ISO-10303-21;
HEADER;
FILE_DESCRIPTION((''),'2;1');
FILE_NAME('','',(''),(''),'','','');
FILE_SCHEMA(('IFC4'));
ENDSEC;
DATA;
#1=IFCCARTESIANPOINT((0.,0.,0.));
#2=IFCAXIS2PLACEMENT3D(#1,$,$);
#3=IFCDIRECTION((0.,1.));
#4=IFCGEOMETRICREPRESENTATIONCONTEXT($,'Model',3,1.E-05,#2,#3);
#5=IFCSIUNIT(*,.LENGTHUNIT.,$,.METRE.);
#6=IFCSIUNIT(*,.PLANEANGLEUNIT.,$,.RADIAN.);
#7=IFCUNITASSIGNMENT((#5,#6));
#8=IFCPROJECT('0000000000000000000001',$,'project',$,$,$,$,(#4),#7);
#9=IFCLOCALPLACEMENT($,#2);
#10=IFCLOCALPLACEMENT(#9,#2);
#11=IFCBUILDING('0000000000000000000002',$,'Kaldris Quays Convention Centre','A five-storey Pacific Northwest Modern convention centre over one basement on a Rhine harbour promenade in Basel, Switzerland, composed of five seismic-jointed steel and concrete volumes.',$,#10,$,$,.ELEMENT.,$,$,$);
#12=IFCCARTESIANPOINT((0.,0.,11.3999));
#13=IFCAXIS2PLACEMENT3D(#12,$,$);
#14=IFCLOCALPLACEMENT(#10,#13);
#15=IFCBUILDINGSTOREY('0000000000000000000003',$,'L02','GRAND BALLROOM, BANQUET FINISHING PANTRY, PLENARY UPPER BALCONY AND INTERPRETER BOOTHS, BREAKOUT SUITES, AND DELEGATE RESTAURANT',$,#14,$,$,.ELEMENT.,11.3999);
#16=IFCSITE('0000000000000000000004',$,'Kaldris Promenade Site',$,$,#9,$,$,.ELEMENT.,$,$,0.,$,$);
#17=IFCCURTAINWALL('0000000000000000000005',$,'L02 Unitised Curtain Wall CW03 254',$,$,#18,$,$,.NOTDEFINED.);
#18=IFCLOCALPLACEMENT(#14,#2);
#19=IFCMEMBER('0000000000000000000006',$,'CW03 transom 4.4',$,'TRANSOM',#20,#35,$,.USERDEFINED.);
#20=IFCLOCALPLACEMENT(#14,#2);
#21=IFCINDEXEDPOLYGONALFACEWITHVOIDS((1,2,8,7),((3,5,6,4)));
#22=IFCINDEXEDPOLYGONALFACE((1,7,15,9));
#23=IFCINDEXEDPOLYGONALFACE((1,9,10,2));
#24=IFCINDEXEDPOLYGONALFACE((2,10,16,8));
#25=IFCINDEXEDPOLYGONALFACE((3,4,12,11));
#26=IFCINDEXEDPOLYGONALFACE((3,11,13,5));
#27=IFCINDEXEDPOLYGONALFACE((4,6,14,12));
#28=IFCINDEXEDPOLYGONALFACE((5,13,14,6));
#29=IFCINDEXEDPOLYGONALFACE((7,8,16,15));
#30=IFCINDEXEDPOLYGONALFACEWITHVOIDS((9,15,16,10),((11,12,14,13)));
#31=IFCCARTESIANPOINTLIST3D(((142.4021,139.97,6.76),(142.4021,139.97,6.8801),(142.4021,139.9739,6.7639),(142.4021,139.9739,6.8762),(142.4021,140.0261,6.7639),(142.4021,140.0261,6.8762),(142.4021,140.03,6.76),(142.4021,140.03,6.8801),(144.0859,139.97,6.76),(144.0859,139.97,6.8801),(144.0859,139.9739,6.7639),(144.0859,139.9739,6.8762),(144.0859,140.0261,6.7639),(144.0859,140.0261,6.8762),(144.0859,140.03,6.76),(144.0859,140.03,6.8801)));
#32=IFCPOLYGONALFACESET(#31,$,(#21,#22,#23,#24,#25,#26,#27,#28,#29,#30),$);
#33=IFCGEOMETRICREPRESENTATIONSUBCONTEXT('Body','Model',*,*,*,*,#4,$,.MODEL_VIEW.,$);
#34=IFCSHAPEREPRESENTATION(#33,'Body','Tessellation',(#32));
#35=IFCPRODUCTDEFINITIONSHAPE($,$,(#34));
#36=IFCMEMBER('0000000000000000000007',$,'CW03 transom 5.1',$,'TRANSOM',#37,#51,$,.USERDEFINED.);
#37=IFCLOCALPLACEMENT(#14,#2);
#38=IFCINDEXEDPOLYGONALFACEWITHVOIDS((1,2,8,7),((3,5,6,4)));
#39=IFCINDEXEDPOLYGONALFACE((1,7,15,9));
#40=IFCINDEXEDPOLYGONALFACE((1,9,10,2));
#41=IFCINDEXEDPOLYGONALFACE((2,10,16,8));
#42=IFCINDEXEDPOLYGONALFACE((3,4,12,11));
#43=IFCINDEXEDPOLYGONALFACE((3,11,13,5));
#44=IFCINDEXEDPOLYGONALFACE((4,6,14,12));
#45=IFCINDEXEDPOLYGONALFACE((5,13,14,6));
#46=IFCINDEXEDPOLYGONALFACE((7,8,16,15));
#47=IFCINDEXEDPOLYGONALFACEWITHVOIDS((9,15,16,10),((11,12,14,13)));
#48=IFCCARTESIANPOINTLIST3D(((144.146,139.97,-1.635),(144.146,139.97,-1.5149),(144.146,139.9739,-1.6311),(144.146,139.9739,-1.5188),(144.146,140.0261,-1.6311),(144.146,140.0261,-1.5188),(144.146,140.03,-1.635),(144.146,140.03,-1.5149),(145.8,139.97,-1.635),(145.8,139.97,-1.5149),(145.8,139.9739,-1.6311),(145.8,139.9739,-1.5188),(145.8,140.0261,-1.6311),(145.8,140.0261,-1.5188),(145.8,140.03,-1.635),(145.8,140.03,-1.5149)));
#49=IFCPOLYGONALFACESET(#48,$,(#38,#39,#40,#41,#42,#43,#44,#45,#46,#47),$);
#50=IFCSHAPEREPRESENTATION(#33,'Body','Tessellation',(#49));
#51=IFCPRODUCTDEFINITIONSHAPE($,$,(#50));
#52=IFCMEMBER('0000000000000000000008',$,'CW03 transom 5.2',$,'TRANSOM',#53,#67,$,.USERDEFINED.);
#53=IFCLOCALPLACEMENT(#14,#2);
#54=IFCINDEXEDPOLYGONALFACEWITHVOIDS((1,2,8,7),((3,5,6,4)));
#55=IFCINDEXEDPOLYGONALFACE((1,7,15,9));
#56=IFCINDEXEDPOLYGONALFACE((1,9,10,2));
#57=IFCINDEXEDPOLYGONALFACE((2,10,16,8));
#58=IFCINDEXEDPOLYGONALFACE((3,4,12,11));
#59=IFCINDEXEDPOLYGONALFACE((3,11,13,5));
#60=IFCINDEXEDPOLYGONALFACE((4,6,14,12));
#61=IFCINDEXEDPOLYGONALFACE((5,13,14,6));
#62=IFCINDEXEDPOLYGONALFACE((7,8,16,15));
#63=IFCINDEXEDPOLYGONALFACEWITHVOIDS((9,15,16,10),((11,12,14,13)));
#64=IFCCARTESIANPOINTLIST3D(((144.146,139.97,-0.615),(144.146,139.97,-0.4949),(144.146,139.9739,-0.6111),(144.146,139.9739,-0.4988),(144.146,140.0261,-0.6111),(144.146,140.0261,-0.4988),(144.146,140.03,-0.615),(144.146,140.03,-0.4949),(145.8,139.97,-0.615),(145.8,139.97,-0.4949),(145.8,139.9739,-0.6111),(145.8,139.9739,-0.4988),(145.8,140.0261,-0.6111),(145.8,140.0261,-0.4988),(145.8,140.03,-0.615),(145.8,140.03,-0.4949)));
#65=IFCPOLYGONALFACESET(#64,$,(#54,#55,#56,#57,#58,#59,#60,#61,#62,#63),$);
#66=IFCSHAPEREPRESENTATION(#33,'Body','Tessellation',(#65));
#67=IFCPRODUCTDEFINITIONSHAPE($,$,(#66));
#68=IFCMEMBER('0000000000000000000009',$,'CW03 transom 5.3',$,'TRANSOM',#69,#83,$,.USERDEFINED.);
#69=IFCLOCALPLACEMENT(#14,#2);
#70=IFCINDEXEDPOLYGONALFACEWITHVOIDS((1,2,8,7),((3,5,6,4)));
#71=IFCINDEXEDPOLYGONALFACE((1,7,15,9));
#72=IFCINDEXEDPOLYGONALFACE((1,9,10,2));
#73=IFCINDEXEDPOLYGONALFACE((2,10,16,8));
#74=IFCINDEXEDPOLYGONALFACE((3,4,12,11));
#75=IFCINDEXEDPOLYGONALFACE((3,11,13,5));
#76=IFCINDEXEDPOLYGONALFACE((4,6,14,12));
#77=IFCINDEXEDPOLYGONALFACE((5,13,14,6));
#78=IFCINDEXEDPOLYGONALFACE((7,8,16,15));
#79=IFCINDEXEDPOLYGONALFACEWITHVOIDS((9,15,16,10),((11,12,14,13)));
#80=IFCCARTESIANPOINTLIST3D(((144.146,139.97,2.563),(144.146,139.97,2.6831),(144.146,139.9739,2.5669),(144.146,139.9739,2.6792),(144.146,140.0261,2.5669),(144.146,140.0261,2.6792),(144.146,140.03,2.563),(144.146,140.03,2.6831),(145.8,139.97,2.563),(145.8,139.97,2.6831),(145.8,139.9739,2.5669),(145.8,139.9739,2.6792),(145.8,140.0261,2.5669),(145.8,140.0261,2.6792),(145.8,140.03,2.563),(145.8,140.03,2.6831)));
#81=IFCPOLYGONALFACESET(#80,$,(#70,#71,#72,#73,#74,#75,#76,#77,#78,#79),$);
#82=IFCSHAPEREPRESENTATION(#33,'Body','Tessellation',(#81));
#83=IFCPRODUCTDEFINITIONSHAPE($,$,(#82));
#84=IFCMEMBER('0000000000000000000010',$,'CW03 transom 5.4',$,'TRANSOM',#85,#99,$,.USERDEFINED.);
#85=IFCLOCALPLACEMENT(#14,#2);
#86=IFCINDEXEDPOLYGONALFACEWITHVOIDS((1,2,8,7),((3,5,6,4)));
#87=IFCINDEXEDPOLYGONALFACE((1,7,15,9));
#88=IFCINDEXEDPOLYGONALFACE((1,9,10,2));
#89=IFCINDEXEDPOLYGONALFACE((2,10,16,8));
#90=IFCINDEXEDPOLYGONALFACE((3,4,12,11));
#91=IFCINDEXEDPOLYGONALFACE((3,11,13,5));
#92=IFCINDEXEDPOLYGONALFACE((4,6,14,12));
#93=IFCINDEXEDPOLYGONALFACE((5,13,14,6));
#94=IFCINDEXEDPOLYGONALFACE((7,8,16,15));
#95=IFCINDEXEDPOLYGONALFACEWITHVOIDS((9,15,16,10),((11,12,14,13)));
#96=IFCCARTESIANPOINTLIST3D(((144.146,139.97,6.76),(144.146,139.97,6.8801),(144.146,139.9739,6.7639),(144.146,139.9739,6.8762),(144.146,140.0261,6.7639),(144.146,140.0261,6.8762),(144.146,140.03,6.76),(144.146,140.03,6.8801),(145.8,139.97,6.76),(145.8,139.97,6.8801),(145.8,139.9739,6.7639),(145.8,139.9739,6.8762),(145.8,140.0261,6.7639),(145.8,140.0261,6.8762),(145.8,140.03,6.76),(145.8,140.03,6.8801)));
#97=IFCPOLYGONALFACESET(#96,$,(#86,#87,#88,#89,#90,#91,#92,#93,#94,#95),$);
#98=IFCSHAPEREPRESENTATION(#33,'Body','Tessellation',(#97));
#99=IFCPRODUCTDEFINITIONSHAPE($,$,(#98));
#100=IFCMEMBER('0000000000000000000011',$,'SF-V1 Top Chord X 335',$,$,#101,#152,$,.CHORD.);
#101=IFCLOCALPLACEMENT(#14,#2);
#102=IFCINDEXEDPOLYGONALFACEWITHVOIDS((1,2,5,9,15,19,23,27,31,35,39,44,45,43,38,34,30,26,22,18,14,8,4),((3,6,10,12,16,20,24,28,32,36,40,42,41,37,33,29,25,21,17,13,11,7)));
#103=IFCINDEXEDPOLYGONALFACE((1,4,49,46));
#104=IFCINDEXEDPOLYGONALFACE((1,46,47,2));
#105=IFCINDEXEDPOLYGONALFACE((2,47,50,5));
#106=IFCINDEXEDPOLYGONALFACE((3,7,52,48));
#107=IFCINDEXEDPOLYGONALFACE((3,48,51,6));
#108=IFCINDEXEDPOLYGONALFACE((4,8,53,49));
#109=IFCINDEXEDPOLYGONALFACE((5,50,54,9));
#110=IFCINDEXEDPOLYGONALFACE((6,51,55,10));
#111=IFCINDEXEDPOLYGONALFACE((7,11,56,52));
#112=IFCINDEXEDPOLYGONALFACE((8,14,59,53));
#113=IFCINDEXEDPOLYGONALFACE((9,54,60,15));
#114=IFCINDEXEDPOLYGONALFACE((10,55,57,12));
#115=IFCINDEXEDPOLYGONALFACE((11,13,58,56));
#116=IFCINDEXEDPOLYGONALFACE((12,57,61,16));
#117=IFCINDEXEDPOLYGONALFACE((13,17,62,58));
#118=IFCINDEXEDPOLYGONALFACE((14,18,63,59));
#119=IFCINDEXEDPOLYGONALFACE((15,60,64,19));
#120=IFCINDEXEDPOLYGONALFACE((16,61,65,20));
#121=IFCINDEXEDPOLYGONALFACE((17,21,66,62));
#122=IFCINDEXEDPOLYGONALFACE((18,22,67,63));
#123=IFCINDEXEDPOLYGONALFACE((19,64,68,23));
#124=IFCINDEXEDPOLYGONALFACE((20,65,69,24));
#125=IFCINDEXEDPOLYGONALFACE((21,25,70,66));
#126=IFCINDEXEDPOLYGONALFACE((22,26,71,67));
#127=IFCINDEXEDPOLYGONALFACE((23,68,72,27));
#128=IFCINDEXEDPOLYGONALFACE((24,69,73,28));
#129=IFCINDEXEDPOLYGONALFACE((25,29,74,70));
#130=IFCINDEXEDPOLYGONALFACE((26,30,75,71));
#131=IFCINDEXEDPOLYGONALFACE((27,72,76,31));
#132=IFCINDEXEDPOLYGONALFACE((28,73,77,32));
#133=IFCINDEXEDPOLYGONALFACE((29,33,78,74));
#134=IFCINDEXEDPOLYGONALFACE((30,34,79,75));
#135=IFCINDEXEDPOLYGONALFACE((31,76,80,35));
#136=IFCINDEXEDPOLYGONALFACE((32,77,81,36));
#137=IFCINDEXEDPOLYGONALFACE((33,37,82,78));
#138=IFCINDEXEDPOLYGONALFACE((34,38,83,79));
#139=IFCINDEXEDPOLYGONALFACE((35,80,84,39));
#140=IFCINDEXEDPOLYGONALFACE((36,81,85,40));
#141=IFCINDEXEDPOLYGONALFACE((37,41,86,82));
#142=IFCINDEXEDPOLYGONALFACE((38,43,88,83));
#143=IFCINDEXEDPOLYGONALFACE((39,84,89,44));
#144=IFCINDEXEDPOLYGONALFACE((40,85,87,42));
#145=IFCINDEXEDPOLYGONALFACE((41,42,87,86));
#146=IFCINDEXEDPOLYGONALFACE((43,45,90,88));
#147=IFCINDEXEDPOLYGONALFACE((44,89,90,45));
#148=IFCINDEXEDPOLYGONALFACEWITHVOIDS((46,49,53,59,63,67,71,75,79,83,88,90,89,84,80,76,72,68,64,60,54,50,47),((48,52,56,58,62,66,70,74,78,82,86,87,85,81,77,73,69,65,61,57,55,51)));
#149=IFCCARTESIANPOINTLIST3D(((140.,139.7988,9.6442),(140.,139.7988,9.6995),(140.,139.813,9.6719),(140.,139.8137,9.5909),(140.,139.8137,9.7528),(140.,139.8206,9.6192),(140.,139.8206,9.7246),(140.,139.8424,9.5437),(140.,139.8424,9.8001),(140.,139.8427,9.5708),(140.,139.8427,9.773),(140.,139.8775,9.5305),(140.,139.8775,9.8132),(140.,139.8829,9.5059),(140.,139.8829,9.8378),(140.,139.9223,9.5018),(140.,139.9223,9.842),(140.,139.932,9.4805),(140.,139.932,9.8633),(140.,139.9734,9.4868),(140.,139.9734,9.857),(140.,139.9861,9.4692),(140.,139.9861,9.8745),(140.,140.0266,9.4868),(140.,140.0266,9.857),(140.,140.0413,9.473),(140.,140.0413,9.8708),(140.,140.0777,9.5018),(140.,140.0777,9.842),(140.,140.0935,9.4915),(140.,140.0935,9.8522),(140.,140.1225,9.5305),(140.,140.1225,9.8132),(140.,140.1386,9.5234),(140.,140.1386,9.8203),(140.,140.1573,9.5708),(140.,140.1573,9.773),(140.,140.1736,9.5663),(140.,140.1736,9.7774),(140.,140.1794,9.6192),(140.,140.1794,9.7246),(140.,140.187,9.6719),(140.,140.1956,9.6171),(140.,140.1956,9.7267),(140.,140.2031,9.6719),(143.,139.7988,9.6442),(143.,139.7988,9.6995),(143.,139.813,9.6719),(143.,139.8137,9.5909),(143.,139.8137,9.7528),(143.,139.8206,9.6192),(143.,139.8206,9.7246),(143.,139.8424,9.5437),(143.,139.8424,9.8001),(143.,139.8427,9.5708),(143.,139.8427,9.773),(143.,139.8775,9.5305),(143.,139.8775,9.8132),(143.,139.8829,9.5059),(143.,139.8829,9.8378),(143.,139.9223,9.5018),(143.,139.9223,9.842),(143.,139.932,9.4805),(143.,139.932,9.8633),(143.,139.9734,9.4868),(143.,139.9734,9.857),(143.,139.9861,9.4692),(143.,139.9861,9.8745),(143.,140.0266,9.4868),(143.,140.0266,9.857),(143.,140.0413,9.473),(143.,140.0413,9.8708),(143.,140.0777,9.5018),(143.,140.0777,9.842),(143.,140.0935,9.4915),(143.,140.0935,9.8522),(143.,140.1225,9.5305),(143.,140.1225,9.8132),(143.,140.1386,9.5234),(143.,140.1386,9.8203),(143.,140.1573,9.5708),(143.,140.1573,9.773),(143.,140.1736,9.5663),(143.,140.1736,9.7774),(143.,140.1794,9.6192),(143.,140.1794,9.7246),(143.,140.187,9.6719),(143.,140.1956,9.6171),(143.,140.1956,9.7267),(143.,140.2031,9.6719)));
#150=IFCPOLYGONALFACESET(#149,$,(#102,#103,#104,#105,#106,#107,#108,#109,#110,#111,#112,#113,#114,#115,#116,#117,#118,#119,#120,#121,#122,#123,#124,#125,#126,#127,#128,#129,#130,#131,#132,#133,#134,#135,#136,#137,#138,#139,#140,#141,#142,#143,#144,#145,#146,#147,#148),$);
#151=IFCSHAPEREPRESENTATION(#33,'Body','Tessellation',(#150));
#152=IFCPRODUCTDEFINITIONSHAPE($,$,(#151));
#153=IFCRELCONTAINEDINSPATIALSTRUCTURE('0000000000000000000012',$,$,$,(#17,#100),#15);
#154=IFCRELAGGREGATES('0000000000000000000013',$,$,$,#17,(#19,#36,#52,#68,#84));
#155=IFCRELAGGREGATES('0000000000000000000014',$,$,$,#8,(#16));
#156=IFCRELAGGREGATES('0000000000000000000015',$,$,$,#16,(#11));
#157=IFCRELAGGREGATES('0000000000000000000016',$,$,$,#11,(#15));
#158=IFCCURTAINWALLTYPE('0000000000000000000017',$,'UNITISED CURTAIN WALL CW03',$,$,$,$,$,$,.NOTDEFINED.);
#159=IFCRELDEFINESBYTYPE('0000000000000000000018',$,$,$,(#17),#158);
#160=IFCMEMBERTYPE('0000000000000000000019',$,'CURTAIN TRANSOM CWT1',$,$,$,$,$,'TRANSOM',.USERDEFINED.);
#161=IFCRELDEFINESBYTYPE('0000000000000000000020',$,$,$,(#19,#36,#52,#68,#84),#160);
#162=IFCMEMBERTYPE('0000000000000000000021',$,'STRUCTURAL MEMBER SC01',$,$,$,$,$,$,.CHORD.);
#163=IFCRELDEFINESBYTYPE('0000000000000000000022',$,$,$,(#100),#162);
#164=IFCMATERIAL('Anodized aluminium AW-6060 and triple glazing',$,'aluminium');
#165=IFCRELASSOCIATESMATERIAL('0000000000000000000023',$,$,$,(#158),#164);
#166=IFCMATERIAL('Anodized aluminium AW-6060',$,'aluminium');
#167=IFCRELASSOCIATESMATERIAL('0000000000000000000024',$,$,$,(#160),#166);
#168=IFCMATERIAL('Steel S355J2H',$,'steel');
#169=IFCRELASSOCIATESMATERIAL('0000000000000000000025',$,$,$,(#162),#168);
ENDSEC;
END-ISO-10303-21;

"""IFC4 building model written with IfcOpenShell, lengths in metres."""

from ifc_helpers import new_model, si_unit, direction, frame, origin, origin_2d, place, context, subcontext, project, spatial, hollow_rectangle, hollow_circle, extrude, material, material_profile, profile_set, type_object, element, aggregate, save


model = new_model("IFC4")

# Units and contexts
model_context = context("Model", 3, precision=1e-05, world=origin(), true_north=direction((0.0, 1.0)))
body_context = subcontext(model_context, "Body", "Model", "MODEL_VIEW")
ifc_project = project(units=[si_unit("LENGTHUNIT", "METRE"), si_unit("PLANEANGLEUNIT", "RADIAN")], contexts=[model_context])

# Site, building, storey
site_placement = place(None, origin())
site = spatial("IfcSite", under=ifc_project, at=site_placement, Name="Kaldris Promenade Site", CompositionType="ELEMENT", RefElevation=0.0)
building_placement = place(site_placement, origin())
building = spatial("IfcBuilding", under=site, at=building_placement, Name="Kaldris Quays Convention Centre", Description="A five-storey Pacific Northwest Modern convention centre over one basement on a Rhine harbour promenade in Basel, Switzerland, composed of five seismic-jointed steel and concrete volumes.", CompositionType="ELEMENT")
storey_placement = place(building_placement, frame((0.0, 0.0, 11.3999)))
storey = spatial("IfcBuildingStorey", under=building, at=storey_placement, Name="L02", Description="GRAND BALLROOM, BANQUET FINISHING PANTRY, PLENARY UPPER BALCONY AND INTERPRETER BOOTHS, BREAKOUT SUITES, AND DELEGATE RESTAURANT", CompositionType="ELEMENT", Elevation=11.3999)

# Curtain wall, members
ifc_material_1 = material(Name="Anodized aluminium AW-6060 and triple glazing", Category="aluminium")
curtain_wall_type = type_object("IfcCurtainWallType", Name="UNITISED CURTAIN WALL CW03", PredefinedType="NOTDEFINED", material=ifc_material_1)
curtain_wall_placement = place(storey_placement, origin())
curtain_wall = element("IfcCurtainWall", 1, at=curtain_wall_placement, inside=storey, type_object=curtain_wall_type, Name="L02 Unitised Curtain Wall CW03 254", PredefinedType="NOTDEFINED")
ifc_material_2 = material(Name="Anodized aluminium AW-6060", Category="aluminium")
ifc_material_profile_1 = material_profile(ifc_material_2, hollow_rectangle(XDim=0.0601, YDim=0.1201, WallThickness=0.0039, at=origin_2d()), Name="RHS 120x60x4")
ifc_profile_set_1 = profile_set([ifc_material_profile_1], Name="Anodized aluminium AW-6060")
member_type_1 = type_object("IfcMemberType", Name="CURTAIN TRANSOM CWT1", ElementType="TRANSOM", PredefinedType="USERDEFINED", material=ifc_profile_set_1)
member_1_placement = place(storey_placement, frame((142.4021, 140.0, 6.8201), z_axis=(1.0, 0.0, 0.0), x_axis=(0.0, 1.0, 0.0)))
member_1 = element("IfcMember", 2, at=member_1_placement, type_object=member_type_1, Name="CW03 transom 4.4", ObjectType="TRANSOM", PredefinedType="USERDEFINED", context=body_context, shape_type="SweptSolid", body=[
    extrude(hollow_rectangle(XDim=0.0601, YDim=0.1201, WallThickness=0.0039, at=origin_2d()), origin(), (0.0, 0.0, 1.0), 1.6838),
])
member_2_placement = place(storey_placement, frame((144.146, 140.0, -1.575), z_axis=(1.0, 0.0, 0.0), x_axis=(0.0, 1.0, 0.0)))
member_2 = element("IfcMember", 3, at=member_2_placement, type_object=member_type_1, Name="CW03 transom 5.1", ObjectType="TRANSOM", PredefinedType="USERDEFINED", context=body_context, shape_type="SweptSolid", body=[
    extrude(hollow_rectangle(XDim=0.0601, YDim=0.1201, WallThickness=0.0039, at=origin_2d()), origin(), (0.0, 0.0, 1.0), 1.6541),
])
member_3_placement = place(storey_placement, frame((144.146, 140.0, -0.5549), z_axis=(1.0, 0.0, 0.0), x_axis=(0.0, 1.0, 0.0)))
member_3 = element("IfcMember", 4, at=member_3_placement, type_object=member_type_1, Name="CW03 transom 5.2", ObjectType="TRANSOM", PredefinedType="USERDEFINED", context=body_context, shape_type="SweptSolid", body=[
    extrude(hollow_rectangle(XDim=0.0601, YDim=0.1201, WallThickness=0.0039, at=origin_2d()), origin(), (0.0, 0.0, 1.0), 1.6541),
])
member_4_placement = place(storey_placement, frame((144.146, 140.0, 2.623), z_axis=(1.0, 0.0, 0.0), x_axis=(0.0, 1.0, 0.0)))
member_4 = element("IfcMember", 5, at=member_4_placement, type_object=member_type_1, Name="CW03 transom 5.3", ObjectType="TRANSOM", PredefinedType="USERDEFINED", context=body_context, shape_type="SweptSolid", body=[
    extrude(hollow_rectangle(XDim=0.0601, YDim=0.1201, WallThickness=0.0039, at=origin_2d()), origin(), (0.0, 0.0, 1.0), 1.6541),
])
member_5_placement = place(storey_placement, frame((144.146, 140.0, 6.8201), z_axis=(1.0, 0.0, 0.0), x_axis=(0.0, 1.0, 0.0)))
member_5 = element("IfcMember", 6, at=member_5_placement, type_object=member_type_1, Name="CW03 transom 5.4", ObjectType="TRANSOM", PredefinedType="USERDEFINED", context=body_context, shape_type="SweptSolid", body=[
    extrude(hollow_rectangle(XDim=0.0601, YDim=0.1201, WallThickness=0.0039, at=origin_2d()), origin(), (0.0, 0.0, 1.0), 1.6541),
])

# Member
ifc_material_3 = material(Name="Steel S355J2H", Category="steel")
ifc_material_profile_2 = material_profile(ifc_material_3, hollow_circle(Radius=0.2031, WallThickness=0.0161, at=origin_2d()), Name="CHS 406.4x16")
ifc_profile_set_2 = profile_set([ifc_material_profile_2], Name="Steel S355J2H")
member_type_2 = type_object("IfcMemberType", Name="STRUCTURAL MEMBER SC01", PredefinedType="CHORD", material=ifc_profile_set_2)
for number, where, z_axis, x_axis, name in (
    (7, (140.0, 140.0, 9.6719), (1.0, 0.0, 0.0), (0.0, 1.0, 0.0), "SF-V1 Top Chord X 335"),
):
    element("IfcMember", number, at=place(storey_placement, frame(where, z_axis=z_axis, x_axis=x_axis)), inside=storey, type_object=member_type_2, Name=name, PredefinedType="CHORD", context=body_context, shape_type="SweptSolid", body=[
        extrude(hollow_circle(Radius=0.2031, WallThickness=0.0161, at=origin_2d()), origin(), (0.0, 0.0, 1.0), 3.0),
    ])

aggregate(curtain_wall, [member_1, member_2, member_3, member_4, member_5])

save(model, "model.ifc")
